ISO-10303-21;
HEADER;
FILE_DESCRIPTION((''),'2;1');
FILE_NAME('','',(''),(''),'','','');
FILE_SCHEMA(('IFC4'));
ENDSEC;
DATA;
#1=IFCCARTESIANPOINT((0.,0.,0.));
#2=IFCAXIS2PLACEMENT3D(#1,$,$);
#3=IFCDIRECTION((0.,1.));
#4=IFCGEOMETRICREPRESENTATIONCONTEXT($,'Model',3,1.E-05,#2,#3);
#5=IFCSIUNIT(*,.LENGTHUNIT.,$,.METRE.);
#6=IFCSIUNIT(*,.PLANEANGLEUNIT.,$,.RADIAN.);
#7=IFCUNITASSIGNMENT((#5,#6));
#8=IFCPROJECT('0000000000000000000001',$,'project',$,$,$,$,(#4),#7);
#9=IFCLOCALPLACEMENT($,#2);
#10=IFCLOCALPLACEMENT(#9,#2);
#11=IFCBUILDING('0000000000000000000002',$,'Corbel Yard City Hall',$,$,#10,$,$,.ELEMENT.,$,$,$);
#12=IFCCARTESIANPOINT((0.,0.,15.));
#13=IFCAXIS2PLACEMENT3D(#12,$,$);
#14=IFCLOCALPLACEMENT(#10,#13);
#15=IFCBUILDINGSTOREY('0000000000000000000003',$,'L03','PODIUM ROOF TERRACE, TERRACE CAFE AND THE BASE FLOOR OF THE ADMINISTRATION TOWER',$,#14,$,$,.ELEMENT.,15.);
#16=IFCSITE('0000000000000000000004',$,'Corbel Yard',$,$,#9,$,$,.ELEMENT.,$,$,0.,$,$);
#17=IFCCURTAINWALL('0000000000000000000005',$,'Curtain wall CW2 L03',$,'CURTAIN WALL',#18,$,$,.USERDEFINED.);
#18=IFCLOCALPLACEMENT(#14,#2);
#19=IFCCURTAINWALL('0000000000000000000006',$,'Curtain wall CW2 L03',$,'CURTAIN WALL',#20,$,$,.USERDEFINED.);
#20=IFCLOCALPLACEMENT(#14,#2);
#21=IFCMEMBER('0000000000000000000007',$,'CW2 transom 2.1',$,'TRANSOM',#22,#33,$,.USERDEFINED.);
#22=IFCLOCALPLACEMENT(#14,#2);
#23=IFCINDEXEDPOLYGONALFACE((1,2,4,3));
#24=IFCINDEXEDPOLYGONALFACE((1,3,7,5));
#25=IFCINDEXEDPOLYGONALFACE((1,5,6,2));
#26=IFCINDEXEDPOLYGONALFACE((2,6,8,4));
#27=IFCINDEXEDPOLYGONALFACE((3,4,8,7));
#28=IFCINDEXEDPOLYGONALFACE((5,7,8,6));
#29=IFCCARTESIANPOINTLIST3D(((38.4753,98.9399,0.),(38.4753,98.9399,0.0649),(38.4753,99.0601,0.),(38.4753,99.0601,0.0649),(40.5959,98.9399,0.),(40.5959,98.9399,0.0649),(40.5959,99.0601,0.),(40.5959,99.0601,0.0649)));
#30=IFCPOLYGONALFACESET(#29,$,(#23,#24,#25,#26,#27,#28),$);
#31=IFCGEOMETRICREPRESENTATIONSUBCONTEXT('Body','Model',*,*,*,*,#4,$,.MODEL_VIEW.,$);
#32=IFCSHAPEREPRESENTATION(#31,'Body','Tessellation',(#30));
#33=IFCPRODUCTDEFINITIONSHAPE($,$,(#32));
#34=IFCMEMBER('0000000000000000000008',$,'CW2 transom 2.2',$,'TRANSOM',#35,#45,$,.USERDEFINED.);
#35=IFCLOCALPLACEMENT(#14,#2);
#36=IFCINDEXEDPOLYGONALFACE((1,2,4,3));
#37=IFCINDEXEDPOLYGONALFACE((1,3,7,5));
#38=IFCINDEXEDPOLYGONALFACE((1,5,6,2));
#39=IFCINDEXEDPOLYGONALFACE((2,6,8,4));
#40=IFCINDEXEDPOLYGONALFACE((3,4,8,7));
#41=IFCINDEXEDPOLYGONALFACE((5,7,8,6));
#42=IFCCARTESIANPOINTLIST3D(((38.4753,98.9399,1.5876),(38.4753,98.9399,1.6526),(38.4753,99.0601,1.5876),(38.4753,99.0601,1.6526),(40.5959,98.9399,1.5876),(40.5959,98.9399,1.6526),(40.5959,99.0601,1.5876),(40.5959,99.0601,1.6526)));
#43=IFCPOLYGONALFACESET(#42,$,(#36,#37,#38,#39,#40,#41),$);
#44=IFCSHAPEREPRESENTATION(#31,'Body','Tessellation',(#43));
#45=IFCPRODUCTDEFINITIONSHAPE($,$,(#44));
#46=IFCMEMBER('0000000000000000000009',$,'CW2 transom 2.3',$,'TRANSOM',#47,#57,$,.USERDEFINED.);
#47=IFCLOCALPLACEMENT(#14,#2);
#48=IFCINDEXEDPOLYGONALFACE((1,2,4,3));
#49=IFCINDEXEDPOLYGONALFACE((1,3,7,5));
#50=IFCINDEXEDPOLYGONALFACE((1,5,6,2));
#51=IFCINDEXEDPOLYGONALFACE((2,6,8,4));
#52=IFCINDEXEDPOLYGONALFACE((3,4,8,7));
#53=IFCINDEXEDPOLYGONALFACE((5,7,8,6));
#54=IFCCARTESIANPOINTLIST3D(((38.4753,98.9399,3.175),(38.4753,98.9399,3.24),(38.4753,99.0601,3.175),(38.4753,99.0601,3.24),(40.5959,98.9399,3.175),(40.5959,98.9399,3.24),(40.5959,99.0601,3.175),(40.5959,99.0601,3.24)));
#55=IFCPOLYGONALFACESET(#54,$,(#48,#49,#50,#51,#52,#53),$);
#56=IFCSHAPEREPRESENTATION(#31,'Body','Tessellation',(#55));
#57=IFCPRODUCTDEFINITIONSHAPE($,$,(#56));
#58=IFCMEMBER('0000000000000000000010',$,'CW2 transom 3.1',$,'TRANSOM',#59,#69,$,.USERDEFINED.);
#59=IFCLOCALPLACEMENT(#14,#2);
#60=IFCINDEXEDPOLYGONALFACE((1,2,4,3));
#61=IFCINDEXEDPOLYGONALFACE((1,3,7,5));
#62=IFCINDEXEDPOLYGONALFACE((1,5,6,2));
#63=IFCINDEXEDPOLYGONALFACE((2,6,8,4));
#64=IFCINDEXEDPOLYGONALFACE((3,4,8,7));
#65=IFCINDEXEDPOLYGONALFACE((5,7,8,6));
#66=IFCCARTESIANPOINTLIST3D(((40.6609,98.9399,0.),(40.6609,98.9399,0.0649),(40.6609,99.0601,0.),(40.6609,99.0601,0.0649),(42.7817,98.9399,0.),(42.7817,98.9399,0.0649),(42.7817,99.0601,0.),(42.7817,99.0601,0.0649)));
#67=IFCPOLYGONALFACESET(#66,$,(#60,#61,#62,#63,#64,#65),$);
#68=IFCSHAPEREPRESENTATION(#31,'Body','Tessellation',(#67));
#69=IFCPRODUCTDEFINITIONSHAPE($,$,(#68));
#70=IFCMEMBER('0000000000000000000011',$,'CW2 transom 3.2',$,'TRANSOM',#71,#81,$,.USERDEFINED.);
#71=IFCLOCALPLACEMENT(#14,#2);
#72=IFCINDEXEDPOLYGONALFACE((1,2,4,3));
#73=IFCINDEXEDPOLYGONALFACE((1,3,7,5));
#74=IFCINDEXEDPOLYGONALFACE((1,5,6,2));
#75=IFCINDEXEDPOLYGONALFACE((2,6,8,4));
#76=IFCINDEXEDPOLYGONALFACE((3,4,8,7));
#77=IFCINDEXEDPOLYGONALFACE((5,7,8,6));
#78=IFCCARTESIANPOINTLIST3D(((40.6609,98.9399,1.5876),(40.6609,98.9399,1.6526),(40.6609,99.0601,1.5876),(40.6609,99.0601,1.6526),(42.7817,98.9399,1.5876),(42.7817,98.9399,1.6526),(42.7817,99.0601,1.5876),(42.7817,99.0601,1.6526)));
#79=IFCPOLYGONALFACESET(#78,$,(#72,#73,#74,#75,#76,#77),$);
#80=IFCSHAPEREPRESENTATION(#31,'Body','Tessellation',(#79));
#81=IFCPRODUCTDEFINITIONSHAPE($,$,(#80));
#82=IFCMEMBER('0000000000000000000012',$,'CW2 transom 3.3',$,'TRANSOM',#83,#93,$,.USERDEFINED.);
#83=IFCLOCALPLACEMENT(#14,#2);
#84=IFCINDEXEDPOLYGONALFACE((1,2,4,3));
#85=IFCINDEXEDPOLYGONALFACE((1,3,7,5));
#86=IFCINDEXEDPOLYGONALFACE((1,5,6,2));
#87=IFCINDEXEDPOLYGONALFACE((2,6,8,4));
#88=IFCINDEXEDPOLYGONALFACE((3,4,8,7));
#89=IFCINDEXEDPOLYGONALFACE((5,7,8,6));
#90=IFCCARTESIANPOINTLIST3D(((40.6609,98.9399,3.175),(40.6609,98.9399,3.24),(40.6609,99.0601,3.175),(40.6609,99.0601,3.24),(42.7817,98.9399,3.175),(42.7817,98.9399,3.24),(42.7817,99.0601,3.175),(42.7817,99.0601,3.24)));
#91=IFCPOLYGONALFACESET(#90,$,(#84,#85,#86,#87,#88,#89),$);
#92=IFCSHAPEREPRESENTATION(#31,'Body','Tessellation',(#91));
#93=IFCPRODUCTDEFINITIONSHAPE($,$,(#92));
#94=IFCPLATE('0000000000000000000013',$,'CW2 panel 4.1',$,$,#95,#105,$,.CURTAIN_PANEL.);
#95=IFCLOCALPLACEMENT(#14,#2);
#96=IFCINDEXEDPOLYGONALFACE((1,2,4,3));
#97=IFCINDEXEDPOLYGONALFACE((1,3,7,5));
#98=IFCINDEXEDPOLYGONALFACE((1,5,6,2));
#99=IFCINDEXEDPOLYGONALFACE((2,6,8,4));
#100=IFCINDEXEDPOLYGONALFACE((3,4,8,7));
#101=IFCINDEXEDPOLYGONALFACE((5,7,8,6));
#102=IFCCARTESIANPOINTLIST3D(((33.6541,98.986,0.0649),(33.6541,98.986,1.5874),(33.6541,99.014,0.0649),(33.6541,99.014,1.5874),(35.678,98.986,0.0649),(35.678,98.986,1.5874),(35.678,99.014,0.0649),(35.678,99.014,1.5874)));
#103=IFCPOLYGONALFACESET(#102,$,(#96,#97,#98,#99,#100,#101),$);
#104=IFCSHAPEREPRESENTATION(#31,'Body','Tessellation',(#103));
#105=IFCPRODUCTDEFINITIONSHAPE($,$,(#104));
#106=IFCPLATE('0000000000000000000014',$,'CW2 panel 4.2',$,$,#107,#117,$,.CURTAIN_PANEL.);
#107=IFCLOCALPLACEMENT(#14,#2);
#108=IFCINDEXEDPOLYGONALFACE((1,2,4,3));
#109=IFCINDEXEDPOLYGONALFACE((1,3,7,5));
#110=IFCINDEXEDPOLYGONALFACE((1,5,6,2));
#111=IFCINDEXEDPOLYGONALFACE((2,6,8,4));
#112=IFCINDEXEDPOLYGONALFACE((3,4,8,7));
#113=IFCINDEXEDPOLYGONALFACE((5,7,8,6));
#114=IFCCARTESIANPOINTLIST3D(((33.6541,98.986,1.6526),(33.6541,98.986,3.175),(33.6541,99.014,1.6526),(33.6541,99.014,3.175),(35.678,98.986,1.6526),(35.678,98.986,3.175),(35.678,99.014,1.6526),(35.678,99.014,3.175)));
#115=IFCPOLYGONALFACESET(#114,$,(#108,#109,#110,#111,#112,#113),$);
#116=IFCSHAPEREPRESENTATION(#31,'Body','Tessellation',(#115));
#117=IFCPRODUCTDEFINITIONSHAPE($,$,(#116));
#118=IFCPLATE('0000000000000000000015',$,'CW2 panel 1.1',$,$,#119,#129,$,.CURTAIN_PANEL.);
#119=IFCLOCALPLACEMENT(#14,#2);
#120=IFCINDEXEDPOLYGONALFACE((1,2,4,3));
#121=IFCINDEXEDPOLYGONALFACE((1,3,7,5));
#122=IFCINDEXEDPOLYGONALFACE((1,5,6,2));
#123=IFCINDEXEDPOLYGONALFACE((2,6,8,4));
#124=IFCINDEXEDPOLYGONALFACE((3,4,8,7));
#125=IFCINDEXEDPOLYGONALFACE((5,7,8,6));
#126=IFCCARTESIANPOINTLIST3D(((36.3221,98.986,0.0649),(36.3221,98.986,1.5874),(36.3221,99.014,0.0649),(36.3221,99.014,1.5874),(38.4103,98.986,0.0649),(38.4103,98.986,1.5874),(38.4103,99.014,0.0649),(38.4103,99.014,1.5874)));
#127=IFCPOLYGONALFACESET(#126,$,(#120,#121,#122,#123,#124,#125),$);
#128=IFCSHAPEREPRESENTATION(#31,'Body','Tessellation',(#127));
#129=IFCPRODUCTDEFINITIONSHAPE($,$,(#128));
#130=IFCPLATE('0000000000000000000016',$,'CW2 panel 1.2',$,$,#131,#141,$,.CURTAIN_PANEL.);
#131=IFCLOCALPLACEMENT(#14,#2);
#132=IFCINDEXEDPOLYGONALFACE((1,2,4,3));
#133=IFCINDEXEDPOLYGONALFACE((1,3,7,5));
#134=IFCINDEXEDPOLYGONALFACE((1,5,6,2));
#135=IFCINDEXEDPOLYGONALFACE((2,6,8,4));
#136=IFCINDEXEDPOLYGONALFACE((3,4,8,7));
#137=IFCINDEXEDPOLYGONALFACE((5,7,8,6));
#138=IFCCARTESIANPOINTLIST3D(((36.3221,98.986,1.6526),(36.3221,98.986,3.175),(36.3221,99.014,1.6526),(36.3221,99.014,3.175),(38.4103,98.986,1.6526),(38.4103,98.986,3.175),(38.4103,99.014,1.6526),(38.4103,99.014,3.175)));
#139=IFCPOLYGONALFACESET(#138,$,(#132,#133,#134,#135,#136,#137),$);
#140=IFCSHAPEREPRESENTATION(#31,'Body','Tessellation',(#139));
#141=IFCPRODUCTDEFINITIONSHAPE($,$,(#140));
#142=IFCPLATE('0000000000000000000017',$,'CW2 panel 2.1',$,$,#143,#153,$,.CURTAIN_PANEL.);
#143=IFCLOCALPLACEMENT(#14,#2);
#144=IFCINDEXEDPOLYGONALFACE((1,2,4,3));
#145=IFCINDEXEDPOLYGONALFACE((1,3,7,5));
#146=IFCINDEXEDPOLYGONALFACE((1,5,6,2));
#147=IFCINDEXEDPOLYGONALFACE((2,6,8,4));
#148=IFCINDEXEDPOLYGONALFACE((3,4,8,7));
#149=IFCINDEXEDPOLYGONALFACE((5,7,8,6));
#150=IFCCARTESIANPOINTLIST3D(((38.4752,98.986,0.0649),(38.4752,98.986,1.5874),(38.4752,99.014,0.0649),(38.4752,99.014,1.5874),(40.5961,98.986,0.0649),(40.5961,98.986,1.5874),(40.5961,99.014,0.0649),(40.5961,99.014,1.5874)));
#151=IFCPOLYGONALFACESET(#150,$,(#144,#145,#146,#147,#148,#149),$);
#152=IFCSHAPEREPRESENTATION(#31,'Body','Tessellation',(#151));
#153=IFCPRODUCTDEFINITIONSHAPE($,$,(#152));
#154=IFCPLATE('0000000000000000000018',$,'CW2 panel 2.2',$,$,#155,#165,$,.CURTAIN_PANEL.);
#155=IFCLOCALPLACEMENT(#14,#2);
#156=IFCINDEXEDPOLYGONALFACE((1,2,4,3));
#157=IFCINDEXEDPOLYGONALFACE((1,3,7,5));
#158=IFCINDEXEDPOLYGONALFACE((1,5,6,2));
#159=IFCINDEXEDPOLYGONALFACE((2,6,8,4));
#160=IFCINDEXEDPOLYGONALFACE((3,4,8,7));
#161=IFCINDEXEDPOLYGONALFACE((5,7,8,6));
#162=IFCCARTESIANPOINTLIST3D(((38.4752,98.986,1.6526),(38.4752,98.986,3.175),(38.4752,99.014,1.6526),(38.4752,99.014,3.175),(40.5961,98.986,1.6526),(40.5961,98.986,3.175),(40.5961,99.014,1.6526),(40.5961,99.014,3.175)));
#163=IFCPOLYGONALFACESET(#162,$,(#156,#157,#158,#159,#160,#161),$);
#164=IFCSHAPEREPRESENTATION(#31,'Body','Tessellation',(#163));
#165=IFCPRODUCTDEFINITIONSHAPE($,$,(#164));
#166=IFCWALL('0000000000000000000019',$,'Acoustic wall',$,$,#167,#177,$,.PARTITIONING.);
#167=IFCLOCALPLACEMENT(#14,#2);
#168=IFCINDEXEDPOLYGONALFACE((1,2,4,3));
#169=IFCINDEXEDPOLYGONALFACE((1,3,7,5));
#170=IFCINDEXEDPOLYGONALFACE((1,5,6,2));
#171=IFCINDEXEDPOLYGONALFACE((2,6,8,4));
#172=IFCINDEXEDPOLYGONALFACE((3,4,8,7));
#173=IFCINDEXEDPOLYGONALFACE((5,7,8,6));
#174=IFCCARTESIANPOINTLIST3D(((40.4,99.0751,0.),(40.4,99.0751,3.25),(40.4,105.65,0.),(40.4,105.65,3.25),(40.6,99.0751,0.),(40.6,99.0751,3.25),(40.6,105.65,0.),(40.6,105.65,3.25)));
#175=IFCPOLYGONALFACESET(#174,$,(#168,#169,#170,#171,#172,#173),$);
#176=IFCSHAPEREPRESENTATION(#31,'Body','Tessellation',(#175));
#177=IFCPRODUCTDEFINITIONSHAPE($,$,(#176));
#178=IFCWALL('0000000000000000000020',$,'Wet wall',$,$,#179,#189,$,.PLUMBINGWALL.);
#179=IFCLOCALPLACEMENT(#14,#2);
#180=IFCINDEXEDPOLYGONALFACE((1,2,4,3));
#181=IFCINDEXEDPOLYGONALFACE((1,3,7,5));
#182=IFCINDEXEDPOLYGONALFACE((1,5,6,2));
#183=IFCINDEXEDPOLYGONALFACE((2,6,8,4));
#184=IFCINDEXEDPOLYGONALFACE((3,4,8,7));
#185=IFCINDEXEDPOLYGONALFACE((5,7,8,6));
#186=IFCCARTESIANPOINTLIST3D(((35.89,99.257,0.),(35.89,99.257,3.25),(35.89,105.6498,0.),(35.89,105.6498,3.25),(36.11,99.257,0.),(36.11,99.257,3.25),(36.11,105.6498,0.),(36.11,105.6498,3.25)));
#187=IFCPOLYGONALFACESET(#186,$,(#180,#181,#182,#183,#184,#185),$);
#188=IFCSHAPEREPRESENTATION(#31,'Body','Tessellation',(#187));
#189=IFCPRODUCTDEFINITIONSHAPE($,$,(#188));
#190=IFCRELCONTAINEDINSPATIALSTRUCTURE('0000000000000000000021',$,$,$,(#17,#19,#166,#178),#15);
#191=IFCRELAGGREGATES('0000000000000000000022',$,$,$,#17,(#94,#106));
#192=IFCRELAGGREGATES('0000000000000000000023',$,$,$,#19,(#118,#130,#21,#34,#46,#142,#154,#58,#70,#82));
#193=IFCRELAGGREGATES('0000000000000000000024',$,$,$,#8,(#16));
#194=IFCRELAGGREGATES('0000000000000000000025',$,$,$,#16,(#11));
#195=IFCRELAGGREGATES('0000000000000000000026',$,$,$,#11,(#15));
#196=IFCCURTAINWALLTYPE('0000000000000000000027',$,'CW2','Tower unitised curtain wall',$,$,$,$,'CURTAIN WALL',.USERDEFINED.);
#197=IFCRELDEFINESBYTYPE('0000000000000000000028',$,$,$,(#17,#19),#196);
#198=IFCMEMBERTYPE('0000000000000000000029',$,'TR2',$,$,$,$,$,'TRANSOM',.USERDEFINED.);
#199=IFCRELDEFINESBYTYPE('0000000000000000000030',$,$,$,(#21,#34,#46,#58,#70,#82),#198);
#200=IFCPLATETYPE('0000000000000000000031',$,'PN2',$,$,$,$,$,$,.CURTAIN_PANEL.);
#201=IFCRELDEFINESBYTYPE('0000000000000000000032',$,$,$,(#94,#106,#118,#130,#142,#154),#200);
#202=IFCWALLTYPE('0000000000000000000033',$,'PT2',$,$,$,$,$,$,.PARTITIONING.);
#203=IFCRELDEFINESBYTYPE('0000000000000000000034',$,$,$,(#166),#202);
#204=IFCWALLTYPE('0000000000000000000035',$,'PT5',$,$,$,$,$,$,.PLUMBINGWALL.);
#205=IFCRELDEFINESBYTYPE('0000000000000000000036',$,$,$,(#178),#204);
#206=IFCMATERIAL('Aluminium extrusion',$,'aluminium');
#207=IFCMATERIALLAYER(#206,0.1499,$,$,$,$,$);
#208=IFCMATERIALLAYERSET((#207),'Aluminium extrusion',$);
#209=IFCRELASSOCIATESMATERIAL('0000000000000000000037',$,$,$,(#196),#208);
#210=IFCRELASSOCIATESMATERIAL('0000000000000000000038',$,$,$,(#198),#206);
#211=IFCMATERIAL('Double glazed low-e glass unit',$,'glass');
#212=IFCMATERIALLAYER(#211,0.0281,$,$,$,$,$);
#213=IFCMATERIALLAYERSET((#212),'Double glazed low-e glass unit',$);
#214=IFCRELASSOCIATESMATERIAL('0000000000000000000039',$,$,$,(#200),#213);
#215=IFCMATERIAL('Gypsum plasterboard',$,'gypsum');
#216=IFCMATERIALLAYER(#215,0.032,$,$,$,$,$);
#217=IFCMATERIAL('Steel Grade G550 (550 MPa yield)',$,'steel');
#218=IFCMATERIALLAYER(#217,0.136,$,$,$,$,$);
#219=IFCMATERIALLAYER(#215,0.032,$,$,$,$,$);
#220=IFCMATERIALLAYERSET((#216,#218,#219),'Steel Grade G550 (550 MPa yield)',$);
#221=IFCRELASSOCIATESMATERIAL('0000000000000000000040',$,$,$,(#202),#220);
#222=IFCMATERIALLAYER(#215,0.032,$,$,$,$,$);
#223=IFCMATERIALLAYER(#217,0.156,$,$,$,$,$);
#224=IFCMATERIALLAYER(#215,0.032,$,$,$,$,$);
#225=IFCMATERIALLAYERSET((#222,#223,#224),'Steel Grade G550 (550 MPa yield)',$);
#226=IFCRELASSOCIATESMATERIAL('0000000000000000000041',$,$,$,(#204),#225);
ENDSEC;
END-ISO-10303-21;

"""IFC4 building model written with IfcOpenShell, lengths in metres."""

from ifc_helpers import new_model, si_unit, direction, frame, frame_2d, origin, origin_2d, place, context, subcontext, project, spatial, rectangle, extrude, material, layer, layer_set, material_profile, profile_set, type_object, element, aggregate, save


model = new_model("IFC4")

# Units and contexts
model_context = context("Model", 3, precision=1e-05, world=origin(), true_north=direction((0.0, 1.0)))
body_context = subcontext(model_context, "Body", "Model", "MODEL_VIEW")
ifc_project = project(units=[si_unit("LENGTHUNIT", "METRE"), si_unit("PLANEANGLEUNIT", "RADIAN")], contexts=[model_context])

# Site, building, storey
site_placement = place(None, origin())
site = spatial("IfcSite", under=ifc_project, at=site_placement, Name="Corbel Yard", CompositionType="ELEMENT", RefElevation=0.0)
building_placement = place(site_placement, origin())
building = spatial("IfcBuilding", under=site, at=building_placement, Name="Corbel Yard City Hall", CompositionType="ELEMENT")
storey_placement = place(building_placement, frame((0.0, 0.0, 15.0)))
storey = spatial("IfcBuildingStorey", under=building, at=storey_placement, Name="L03", Description="PODIUM ROOF TERRACE, TERRACE CAFE AND THE BASE FLOOR OF THE ADMINISTRATION TOWER", CompositionType="ELEMENT", Elevation=15.0)

# Curtain wall
ifc_material_1 = material(Name="Aluminium extrusion", Category="aluminium")
ifc_layer_1 = layer(ifc_material_1, 0.1499)
ifc_layer_set_1 = layer_set([ifc_layer_1], Name="Aluminium extrusion")
curtain_wall_type = type_object("IfcCurtainWallType", Name="CW2", Description="Tower unitised curtain wall", ElementType="CURTAIN WALL", PredefinedType="USERDEFINED", material=ifc_layer_set_1)
curtain_wall_1_placement = place(storey_placement, origin())
curtain_wall_1 = element("IfcCurtainWall", 1, at=curtain_wall_1_placement, inside=storey, type_object=curtain_wall_type, Name="Curtain wall CW2 L03", ObjectType="CURTAIN WALL", PredefinedType="USERDEFINED")

# Curtain wall, members
curtain_wall_2_placement = place(storey_placement, origin())
curtain_wall_2 = element("IfcCurtainWall", 2, at=curtain_wall_2_placement, inside=storey, type_object=curtain_wall_type, Name="Curtain wall CW2 L03", ObjectType="CURTAIN WALL", PredefinedType="USERDEFINED")
ifc_material_profile_1 = material_profile(ifc_material_1, rectangle(XDim=0.1201, YDim=0.0649, at=origin_2d()), Name="120x65")
ifc_profile_set_1 = profile_set([ifc_material_profile_1], Name="Aluminium extrusion")
member_type_1 = type_object("IfcMemberType", Name="TR2", ElementType="TRANSOM", PredefinedType="USERDEFINED", material=ifc_profile_set_1)
member_1_placement = place(storey_placement, frame((38.4753, 99.0, 0.0325), z_axis=(1.0, 0.0, 0.0), x_axis=(0.0, 1.0, 0.0)))
member_1 = element("IfcMember", 3, at=member_1_placement, type_object=member_type_1, Name="CW2 transom 2.1", ObjectType="TRANSOM", PredefinedType="USERDEFINED", context=body_context, shape_type="SweptSolid", body=[
    extrude(rectangle(XDim=0.1201, YDim=0.0649, at=origin_2d()), origin(), (0.0, 0.0, 1.0), 2.1206),
])
member_2_placement = place(storey_placement, frame((38.4753, 99.0, 1.6201), z_axis=(1.0, 0.0, 0.0), x_axis=(0.0, 1.0, 0.0)))
member_2 = element("IfcMember", 4, at=member_2_placement, type_object=member_type_1, Name="CW2 transom 2.2", ObjectType="TRANSOM", PredefinedType="USERDEFINED", context=body_context, shape_type="SweptSolid", body=[
    extrude(rectangle(XDim=0.1201, YDim=0.0649, at=origin_2d()), origin(), (0.0, 0.0, 1.0), 2.1206),
])
member_3_placement = place(storey_placement, frame((38.4753, 99.0, 3.2075), z_axis=(1.0, 0.0, 0.0), x_axis=(0.0, 1.0, 0.0)))
member_3 = element("IfcMember", 5, at=member_3_placement, type_object=member_type_1, Name="CW2 transom 2.3", ObjectType="TRANSOM", PredefinedType="USERDEFINED", context=body_context, shape_type="SweptSolid", body=[
    extrude(rectangle(XDim=0.1201, YDim=0.0649, at=origin_2d()), origin(), (0.0, 0.0, 1.0), 2.1206),
])
member_4_placement = place(storey_placement, frame((40.6609, 99.0, 0.0325), z_axis=(1.0, 0.0, 0.0), x_axis=(0.0, 1.0, 0.0)))
member_4 = element("IfcMember", 6, at=member_4_placement, type_object=member_type_1, Name="CW2 transom 3.1", ObjectType="TRANSOM", PredefinedType="USERDEFINED", context=body_context, shape_type="SweptSolid", body=[
    extrude(rectangle(XDim=0.1201, YDim=0.0649, at=origin_2d()), origin(), (0.0, 0.0, 1.0), 2.1208),
])
member_5_placement = place(storey_placement, frame((40.6609, 99.0, 1.6201), z_axis=(1.0, 0.0, 0.0), x_axis=(0.0, 1.0, 0.0)))
member_5 = element("IfcMember", 7, at=member_5_placement, type_object=member_type_1, Name="CW2 transom 3.2", ObjectType="TRANSOM", PredefinedType="USERDEFINED", context=body_context, shape_type="SweptSolid", body=[
    extrude(rectangle(XDim=0.1201, YDim=0.0649, at=origin_2d()), origin(), (0.0, 0.0, 1.0), 2.1208),
])
member_6_placement = place(storey_placement, frame((40.6609, 99.0, 3.2075), z_axis=(1.0, 0.0, 0.0), x_axis=(0.0, 1.0, 0.0)))
member_6 = element("IfcMember", 8, at=member_6_placement, type_object=member_type_1, Name="CW2 transom 3.3", ObjectType="TRANSOM", PredefinedType="USERDEFINED", context=body_context, shape_type="SweptSolid", body=[
    extrude(rectangle(XDim=0.1201, YDim=0.0649, at=origin_2d()), origin(), (0.0, 0.0, 1.0), 2.1208),
])

# Plates
ifc_material_2 = material(Name="Double glazed low-e glass unit", Category="glass")
ifc_layer_2 = layer(ifc_material_2, 0.0281)
ifc_layer_set_2 = layer_set([ifc_layer_2], Name="Double glazed low-e glass unit")
plate_type = type_object("IfcPlateType", Name="PN2", PredefinedType="CURTAIN_PANEL", material=ifc_layer_set_2)
plate_1_placement = place(storey_placement, frame((34.666, 99.0, 0.0649), z_axis=(0.0, 0.0, 1.0), x_axis=(1.0, 0.0, 0.0)))
plate_1 = element("IfcPlate", 9, at=plate_1_placement, type_object=plate_type, Name="CW2 panel 4.1", PredefinedType="CURTAIN_PANEL", context=body_context, shape_type="SweptSolid", body=[
    extrude(rectangle(XDim=2.0239, YDim=0.0281, at=origin_2d()), origin(), (0.0, 0.0, 1.0), 1.5225),
])
plate_2_placement = place(storey_placement, frame((34.666, 99.0, 1.6526), z_axis=(0.0, 0.0, 1.0), x_axis=(1.0, 0.0, 0.0)))
plate_2 = element("IfcPlate", 10, at=plate_2_placement, type_object=plate_type, Name="CW2 panel 4.2", PredefinedType="CURTAIN_PANEL", context=body_context, shape_type="SweptSolid", body=[
    extrude(rectangle(XDim=2.0239, YDim=0.0281, at=origin_2d()), origin(), (0.0, 0.0, 1.0), 1.5225),
])
aggregate(curtain_wall_1, [plate_1, plate_2])
plate_3_placement = place(storey_placement, frame((37.3662, 99.0, 0.0649), z_axis=(0.0, 0.0, 1.0), x_axis=(1.0, 0.0, 0.0)))
plate_3 = element("IfcPlate", 11, at=plate_3_placement, type_object=plate_type, Name="CW2 panel 1.1", PredefinedType="CURTAIN_PANEL", context=body_context, shape_type="SweptSolid", body=[
    extrude(rectangle(XDim=2.0881, YDim=0.0281, at=origin_2d()), origin(), (0.0, 0.0, 1.0), 1.5225),
])
plate_4_placement = place(storey_placement, frame((37.3662, 99.0, 1.6526), z_axis=(0.0, 0.0, 1.0), x_axis=(1.0, 0.0, 0.0)))
plate_4 = element("IfcPlate", 12, at=plate_4_placement, type_object=plate_type, Name="CW2 panel 1.2", PredefinedType="CURTAIN_PANEL", context=body_context, shape_type="SweptSolid", body=[
    extrude(rectangle(XDim=2.0881, YDim=0.0281, at=origin_2d()), origin(), (0.0, 0.0, 1.0), 1.5225),
])
plate_5_placement = place(storey_placement, frame((39.5356, 99.0, 0.0649), z_axis=(0.0, 0.0, 1.0), x_axis=(1.0, 0.0, 0.0)))
plate_5 = element("IfcPlate", 13, at=plate_5_placement, type_object=plate_type, Name="CW2 panel 2.1", PredefinedType="CURTAIN_PANEL", context=body_context, shape_type="SweptSolid", body=[
    extrude(rectangle(XDim=2.1208, YDim=0.0281, at=origin_2d()), origin(), (0.0, 0.0, 1.0), 1.5225),
])
plate_6_placement = place(storey_placement, frame((39.5356, 99.0, 1.6526), z_axis=(0.0, 0.0, 1.0), x_axis=(1.0, 0.0, 0.0)))
plate_6 = element("IfcPlate", 14, at=plate_6_placement, type_object=plate_type, Name="CW2 panel 2.2", PredefinedType="CURTAIN_PANEL", context=body_context, shape_type="SweptSolid", body=[
    extrude(rectangle(XDim=2.1208, YDim=0.0281, at=origin_2d()), origin(), (0.0, 0.0, 1.0), 1.5225),
])
aggregate(curtain_wall_2, [plate_3, plate_4, member_1, member_2, member_3, plate_5, plate_6, member_4, member_5, member_6])

# Walls
ifc_material_3 = material(Name="Gypsum plasterboard", Category="gypsum")
ifc_layer_3 = layer(ifc_material_3, 0.032)
ifc_material_4 = material(Name="Steel Grade G550 (550 MPa yield)", Category="steel")
ifc_layer_4 = layer(ifc_material_4, 0.136)
ifc_layer_5 = layer(ifc_material_3, 0.032)
ifc_layer_set_3 = layer_set([ifc_layer_3, ifc_layer_4, ifc_layer_5], Name="Steel Grade G550 (550 MPa yield)")
wall_type_1 = type_object("IfcWallType", Name="PT2", PredefinedType="PARTITIONING", material=ifc_layer_set_3)
wall_1_placement = place(storey_placement, frame((40.5, 99.075, 0.0), z_axis=(0.0, 0.0, 1.0), x_axis=(0.0, 1.0, 0.0)))
element("IfcWall", 15, at=wall_1_placement, inside=storey, type_object=wall_type_1, Name="Acoustic wall", PredefinedType="PARTITIONING", context=body_context, shape_type="SweptSolid", body=[
    extrude(rectangle(XDim=6.575, YDim=0.2, at=frame_2d((3.2876, 0.0))), origin(), (0.0, 0.0, 1.0), 3.25),
])
ifc_layer_6 = layer(ifc_material_3, 0.032)
ifc_layer_7 = layer(ifc_material_4, 0.156)
ifc_layer_8 = layer(ifc_material_3, 0.032)
ifc_layer_set_4 = layer_set([ifc_layer_6, ifc_layer_7, ifc_layer_8], Name="Steel Grade G550 (550 MPa yield)")
wall_type_2 = type_object("IfcWallType", Name="PT5", PredefinedType="PLUMBINGWALL", material=ifc_layer_set_4)
wall_2_placement = place(storey_placement, frame((36.0, 99.2571, 0.0), z_axis=(0.0, 0.0, 1.0), x_axis=(0.0, 1.0, 0.0)))
element("IfcWall", 16, at=wall_2_placement, inside=storey, type_object=wall_type_2, Name="Wet wall", PredefinedType="PLUMBINGWALL", context=body_context, shape_type="SweptSolid", body=[
    extrude(rectangle(XDim=6.3928, YDim=0.22, at=frame_2d((3.1963, 0.0))), origin(), (0.0, 0.0, 1.0), 3.25),
])

save(model, "model.ifc")
